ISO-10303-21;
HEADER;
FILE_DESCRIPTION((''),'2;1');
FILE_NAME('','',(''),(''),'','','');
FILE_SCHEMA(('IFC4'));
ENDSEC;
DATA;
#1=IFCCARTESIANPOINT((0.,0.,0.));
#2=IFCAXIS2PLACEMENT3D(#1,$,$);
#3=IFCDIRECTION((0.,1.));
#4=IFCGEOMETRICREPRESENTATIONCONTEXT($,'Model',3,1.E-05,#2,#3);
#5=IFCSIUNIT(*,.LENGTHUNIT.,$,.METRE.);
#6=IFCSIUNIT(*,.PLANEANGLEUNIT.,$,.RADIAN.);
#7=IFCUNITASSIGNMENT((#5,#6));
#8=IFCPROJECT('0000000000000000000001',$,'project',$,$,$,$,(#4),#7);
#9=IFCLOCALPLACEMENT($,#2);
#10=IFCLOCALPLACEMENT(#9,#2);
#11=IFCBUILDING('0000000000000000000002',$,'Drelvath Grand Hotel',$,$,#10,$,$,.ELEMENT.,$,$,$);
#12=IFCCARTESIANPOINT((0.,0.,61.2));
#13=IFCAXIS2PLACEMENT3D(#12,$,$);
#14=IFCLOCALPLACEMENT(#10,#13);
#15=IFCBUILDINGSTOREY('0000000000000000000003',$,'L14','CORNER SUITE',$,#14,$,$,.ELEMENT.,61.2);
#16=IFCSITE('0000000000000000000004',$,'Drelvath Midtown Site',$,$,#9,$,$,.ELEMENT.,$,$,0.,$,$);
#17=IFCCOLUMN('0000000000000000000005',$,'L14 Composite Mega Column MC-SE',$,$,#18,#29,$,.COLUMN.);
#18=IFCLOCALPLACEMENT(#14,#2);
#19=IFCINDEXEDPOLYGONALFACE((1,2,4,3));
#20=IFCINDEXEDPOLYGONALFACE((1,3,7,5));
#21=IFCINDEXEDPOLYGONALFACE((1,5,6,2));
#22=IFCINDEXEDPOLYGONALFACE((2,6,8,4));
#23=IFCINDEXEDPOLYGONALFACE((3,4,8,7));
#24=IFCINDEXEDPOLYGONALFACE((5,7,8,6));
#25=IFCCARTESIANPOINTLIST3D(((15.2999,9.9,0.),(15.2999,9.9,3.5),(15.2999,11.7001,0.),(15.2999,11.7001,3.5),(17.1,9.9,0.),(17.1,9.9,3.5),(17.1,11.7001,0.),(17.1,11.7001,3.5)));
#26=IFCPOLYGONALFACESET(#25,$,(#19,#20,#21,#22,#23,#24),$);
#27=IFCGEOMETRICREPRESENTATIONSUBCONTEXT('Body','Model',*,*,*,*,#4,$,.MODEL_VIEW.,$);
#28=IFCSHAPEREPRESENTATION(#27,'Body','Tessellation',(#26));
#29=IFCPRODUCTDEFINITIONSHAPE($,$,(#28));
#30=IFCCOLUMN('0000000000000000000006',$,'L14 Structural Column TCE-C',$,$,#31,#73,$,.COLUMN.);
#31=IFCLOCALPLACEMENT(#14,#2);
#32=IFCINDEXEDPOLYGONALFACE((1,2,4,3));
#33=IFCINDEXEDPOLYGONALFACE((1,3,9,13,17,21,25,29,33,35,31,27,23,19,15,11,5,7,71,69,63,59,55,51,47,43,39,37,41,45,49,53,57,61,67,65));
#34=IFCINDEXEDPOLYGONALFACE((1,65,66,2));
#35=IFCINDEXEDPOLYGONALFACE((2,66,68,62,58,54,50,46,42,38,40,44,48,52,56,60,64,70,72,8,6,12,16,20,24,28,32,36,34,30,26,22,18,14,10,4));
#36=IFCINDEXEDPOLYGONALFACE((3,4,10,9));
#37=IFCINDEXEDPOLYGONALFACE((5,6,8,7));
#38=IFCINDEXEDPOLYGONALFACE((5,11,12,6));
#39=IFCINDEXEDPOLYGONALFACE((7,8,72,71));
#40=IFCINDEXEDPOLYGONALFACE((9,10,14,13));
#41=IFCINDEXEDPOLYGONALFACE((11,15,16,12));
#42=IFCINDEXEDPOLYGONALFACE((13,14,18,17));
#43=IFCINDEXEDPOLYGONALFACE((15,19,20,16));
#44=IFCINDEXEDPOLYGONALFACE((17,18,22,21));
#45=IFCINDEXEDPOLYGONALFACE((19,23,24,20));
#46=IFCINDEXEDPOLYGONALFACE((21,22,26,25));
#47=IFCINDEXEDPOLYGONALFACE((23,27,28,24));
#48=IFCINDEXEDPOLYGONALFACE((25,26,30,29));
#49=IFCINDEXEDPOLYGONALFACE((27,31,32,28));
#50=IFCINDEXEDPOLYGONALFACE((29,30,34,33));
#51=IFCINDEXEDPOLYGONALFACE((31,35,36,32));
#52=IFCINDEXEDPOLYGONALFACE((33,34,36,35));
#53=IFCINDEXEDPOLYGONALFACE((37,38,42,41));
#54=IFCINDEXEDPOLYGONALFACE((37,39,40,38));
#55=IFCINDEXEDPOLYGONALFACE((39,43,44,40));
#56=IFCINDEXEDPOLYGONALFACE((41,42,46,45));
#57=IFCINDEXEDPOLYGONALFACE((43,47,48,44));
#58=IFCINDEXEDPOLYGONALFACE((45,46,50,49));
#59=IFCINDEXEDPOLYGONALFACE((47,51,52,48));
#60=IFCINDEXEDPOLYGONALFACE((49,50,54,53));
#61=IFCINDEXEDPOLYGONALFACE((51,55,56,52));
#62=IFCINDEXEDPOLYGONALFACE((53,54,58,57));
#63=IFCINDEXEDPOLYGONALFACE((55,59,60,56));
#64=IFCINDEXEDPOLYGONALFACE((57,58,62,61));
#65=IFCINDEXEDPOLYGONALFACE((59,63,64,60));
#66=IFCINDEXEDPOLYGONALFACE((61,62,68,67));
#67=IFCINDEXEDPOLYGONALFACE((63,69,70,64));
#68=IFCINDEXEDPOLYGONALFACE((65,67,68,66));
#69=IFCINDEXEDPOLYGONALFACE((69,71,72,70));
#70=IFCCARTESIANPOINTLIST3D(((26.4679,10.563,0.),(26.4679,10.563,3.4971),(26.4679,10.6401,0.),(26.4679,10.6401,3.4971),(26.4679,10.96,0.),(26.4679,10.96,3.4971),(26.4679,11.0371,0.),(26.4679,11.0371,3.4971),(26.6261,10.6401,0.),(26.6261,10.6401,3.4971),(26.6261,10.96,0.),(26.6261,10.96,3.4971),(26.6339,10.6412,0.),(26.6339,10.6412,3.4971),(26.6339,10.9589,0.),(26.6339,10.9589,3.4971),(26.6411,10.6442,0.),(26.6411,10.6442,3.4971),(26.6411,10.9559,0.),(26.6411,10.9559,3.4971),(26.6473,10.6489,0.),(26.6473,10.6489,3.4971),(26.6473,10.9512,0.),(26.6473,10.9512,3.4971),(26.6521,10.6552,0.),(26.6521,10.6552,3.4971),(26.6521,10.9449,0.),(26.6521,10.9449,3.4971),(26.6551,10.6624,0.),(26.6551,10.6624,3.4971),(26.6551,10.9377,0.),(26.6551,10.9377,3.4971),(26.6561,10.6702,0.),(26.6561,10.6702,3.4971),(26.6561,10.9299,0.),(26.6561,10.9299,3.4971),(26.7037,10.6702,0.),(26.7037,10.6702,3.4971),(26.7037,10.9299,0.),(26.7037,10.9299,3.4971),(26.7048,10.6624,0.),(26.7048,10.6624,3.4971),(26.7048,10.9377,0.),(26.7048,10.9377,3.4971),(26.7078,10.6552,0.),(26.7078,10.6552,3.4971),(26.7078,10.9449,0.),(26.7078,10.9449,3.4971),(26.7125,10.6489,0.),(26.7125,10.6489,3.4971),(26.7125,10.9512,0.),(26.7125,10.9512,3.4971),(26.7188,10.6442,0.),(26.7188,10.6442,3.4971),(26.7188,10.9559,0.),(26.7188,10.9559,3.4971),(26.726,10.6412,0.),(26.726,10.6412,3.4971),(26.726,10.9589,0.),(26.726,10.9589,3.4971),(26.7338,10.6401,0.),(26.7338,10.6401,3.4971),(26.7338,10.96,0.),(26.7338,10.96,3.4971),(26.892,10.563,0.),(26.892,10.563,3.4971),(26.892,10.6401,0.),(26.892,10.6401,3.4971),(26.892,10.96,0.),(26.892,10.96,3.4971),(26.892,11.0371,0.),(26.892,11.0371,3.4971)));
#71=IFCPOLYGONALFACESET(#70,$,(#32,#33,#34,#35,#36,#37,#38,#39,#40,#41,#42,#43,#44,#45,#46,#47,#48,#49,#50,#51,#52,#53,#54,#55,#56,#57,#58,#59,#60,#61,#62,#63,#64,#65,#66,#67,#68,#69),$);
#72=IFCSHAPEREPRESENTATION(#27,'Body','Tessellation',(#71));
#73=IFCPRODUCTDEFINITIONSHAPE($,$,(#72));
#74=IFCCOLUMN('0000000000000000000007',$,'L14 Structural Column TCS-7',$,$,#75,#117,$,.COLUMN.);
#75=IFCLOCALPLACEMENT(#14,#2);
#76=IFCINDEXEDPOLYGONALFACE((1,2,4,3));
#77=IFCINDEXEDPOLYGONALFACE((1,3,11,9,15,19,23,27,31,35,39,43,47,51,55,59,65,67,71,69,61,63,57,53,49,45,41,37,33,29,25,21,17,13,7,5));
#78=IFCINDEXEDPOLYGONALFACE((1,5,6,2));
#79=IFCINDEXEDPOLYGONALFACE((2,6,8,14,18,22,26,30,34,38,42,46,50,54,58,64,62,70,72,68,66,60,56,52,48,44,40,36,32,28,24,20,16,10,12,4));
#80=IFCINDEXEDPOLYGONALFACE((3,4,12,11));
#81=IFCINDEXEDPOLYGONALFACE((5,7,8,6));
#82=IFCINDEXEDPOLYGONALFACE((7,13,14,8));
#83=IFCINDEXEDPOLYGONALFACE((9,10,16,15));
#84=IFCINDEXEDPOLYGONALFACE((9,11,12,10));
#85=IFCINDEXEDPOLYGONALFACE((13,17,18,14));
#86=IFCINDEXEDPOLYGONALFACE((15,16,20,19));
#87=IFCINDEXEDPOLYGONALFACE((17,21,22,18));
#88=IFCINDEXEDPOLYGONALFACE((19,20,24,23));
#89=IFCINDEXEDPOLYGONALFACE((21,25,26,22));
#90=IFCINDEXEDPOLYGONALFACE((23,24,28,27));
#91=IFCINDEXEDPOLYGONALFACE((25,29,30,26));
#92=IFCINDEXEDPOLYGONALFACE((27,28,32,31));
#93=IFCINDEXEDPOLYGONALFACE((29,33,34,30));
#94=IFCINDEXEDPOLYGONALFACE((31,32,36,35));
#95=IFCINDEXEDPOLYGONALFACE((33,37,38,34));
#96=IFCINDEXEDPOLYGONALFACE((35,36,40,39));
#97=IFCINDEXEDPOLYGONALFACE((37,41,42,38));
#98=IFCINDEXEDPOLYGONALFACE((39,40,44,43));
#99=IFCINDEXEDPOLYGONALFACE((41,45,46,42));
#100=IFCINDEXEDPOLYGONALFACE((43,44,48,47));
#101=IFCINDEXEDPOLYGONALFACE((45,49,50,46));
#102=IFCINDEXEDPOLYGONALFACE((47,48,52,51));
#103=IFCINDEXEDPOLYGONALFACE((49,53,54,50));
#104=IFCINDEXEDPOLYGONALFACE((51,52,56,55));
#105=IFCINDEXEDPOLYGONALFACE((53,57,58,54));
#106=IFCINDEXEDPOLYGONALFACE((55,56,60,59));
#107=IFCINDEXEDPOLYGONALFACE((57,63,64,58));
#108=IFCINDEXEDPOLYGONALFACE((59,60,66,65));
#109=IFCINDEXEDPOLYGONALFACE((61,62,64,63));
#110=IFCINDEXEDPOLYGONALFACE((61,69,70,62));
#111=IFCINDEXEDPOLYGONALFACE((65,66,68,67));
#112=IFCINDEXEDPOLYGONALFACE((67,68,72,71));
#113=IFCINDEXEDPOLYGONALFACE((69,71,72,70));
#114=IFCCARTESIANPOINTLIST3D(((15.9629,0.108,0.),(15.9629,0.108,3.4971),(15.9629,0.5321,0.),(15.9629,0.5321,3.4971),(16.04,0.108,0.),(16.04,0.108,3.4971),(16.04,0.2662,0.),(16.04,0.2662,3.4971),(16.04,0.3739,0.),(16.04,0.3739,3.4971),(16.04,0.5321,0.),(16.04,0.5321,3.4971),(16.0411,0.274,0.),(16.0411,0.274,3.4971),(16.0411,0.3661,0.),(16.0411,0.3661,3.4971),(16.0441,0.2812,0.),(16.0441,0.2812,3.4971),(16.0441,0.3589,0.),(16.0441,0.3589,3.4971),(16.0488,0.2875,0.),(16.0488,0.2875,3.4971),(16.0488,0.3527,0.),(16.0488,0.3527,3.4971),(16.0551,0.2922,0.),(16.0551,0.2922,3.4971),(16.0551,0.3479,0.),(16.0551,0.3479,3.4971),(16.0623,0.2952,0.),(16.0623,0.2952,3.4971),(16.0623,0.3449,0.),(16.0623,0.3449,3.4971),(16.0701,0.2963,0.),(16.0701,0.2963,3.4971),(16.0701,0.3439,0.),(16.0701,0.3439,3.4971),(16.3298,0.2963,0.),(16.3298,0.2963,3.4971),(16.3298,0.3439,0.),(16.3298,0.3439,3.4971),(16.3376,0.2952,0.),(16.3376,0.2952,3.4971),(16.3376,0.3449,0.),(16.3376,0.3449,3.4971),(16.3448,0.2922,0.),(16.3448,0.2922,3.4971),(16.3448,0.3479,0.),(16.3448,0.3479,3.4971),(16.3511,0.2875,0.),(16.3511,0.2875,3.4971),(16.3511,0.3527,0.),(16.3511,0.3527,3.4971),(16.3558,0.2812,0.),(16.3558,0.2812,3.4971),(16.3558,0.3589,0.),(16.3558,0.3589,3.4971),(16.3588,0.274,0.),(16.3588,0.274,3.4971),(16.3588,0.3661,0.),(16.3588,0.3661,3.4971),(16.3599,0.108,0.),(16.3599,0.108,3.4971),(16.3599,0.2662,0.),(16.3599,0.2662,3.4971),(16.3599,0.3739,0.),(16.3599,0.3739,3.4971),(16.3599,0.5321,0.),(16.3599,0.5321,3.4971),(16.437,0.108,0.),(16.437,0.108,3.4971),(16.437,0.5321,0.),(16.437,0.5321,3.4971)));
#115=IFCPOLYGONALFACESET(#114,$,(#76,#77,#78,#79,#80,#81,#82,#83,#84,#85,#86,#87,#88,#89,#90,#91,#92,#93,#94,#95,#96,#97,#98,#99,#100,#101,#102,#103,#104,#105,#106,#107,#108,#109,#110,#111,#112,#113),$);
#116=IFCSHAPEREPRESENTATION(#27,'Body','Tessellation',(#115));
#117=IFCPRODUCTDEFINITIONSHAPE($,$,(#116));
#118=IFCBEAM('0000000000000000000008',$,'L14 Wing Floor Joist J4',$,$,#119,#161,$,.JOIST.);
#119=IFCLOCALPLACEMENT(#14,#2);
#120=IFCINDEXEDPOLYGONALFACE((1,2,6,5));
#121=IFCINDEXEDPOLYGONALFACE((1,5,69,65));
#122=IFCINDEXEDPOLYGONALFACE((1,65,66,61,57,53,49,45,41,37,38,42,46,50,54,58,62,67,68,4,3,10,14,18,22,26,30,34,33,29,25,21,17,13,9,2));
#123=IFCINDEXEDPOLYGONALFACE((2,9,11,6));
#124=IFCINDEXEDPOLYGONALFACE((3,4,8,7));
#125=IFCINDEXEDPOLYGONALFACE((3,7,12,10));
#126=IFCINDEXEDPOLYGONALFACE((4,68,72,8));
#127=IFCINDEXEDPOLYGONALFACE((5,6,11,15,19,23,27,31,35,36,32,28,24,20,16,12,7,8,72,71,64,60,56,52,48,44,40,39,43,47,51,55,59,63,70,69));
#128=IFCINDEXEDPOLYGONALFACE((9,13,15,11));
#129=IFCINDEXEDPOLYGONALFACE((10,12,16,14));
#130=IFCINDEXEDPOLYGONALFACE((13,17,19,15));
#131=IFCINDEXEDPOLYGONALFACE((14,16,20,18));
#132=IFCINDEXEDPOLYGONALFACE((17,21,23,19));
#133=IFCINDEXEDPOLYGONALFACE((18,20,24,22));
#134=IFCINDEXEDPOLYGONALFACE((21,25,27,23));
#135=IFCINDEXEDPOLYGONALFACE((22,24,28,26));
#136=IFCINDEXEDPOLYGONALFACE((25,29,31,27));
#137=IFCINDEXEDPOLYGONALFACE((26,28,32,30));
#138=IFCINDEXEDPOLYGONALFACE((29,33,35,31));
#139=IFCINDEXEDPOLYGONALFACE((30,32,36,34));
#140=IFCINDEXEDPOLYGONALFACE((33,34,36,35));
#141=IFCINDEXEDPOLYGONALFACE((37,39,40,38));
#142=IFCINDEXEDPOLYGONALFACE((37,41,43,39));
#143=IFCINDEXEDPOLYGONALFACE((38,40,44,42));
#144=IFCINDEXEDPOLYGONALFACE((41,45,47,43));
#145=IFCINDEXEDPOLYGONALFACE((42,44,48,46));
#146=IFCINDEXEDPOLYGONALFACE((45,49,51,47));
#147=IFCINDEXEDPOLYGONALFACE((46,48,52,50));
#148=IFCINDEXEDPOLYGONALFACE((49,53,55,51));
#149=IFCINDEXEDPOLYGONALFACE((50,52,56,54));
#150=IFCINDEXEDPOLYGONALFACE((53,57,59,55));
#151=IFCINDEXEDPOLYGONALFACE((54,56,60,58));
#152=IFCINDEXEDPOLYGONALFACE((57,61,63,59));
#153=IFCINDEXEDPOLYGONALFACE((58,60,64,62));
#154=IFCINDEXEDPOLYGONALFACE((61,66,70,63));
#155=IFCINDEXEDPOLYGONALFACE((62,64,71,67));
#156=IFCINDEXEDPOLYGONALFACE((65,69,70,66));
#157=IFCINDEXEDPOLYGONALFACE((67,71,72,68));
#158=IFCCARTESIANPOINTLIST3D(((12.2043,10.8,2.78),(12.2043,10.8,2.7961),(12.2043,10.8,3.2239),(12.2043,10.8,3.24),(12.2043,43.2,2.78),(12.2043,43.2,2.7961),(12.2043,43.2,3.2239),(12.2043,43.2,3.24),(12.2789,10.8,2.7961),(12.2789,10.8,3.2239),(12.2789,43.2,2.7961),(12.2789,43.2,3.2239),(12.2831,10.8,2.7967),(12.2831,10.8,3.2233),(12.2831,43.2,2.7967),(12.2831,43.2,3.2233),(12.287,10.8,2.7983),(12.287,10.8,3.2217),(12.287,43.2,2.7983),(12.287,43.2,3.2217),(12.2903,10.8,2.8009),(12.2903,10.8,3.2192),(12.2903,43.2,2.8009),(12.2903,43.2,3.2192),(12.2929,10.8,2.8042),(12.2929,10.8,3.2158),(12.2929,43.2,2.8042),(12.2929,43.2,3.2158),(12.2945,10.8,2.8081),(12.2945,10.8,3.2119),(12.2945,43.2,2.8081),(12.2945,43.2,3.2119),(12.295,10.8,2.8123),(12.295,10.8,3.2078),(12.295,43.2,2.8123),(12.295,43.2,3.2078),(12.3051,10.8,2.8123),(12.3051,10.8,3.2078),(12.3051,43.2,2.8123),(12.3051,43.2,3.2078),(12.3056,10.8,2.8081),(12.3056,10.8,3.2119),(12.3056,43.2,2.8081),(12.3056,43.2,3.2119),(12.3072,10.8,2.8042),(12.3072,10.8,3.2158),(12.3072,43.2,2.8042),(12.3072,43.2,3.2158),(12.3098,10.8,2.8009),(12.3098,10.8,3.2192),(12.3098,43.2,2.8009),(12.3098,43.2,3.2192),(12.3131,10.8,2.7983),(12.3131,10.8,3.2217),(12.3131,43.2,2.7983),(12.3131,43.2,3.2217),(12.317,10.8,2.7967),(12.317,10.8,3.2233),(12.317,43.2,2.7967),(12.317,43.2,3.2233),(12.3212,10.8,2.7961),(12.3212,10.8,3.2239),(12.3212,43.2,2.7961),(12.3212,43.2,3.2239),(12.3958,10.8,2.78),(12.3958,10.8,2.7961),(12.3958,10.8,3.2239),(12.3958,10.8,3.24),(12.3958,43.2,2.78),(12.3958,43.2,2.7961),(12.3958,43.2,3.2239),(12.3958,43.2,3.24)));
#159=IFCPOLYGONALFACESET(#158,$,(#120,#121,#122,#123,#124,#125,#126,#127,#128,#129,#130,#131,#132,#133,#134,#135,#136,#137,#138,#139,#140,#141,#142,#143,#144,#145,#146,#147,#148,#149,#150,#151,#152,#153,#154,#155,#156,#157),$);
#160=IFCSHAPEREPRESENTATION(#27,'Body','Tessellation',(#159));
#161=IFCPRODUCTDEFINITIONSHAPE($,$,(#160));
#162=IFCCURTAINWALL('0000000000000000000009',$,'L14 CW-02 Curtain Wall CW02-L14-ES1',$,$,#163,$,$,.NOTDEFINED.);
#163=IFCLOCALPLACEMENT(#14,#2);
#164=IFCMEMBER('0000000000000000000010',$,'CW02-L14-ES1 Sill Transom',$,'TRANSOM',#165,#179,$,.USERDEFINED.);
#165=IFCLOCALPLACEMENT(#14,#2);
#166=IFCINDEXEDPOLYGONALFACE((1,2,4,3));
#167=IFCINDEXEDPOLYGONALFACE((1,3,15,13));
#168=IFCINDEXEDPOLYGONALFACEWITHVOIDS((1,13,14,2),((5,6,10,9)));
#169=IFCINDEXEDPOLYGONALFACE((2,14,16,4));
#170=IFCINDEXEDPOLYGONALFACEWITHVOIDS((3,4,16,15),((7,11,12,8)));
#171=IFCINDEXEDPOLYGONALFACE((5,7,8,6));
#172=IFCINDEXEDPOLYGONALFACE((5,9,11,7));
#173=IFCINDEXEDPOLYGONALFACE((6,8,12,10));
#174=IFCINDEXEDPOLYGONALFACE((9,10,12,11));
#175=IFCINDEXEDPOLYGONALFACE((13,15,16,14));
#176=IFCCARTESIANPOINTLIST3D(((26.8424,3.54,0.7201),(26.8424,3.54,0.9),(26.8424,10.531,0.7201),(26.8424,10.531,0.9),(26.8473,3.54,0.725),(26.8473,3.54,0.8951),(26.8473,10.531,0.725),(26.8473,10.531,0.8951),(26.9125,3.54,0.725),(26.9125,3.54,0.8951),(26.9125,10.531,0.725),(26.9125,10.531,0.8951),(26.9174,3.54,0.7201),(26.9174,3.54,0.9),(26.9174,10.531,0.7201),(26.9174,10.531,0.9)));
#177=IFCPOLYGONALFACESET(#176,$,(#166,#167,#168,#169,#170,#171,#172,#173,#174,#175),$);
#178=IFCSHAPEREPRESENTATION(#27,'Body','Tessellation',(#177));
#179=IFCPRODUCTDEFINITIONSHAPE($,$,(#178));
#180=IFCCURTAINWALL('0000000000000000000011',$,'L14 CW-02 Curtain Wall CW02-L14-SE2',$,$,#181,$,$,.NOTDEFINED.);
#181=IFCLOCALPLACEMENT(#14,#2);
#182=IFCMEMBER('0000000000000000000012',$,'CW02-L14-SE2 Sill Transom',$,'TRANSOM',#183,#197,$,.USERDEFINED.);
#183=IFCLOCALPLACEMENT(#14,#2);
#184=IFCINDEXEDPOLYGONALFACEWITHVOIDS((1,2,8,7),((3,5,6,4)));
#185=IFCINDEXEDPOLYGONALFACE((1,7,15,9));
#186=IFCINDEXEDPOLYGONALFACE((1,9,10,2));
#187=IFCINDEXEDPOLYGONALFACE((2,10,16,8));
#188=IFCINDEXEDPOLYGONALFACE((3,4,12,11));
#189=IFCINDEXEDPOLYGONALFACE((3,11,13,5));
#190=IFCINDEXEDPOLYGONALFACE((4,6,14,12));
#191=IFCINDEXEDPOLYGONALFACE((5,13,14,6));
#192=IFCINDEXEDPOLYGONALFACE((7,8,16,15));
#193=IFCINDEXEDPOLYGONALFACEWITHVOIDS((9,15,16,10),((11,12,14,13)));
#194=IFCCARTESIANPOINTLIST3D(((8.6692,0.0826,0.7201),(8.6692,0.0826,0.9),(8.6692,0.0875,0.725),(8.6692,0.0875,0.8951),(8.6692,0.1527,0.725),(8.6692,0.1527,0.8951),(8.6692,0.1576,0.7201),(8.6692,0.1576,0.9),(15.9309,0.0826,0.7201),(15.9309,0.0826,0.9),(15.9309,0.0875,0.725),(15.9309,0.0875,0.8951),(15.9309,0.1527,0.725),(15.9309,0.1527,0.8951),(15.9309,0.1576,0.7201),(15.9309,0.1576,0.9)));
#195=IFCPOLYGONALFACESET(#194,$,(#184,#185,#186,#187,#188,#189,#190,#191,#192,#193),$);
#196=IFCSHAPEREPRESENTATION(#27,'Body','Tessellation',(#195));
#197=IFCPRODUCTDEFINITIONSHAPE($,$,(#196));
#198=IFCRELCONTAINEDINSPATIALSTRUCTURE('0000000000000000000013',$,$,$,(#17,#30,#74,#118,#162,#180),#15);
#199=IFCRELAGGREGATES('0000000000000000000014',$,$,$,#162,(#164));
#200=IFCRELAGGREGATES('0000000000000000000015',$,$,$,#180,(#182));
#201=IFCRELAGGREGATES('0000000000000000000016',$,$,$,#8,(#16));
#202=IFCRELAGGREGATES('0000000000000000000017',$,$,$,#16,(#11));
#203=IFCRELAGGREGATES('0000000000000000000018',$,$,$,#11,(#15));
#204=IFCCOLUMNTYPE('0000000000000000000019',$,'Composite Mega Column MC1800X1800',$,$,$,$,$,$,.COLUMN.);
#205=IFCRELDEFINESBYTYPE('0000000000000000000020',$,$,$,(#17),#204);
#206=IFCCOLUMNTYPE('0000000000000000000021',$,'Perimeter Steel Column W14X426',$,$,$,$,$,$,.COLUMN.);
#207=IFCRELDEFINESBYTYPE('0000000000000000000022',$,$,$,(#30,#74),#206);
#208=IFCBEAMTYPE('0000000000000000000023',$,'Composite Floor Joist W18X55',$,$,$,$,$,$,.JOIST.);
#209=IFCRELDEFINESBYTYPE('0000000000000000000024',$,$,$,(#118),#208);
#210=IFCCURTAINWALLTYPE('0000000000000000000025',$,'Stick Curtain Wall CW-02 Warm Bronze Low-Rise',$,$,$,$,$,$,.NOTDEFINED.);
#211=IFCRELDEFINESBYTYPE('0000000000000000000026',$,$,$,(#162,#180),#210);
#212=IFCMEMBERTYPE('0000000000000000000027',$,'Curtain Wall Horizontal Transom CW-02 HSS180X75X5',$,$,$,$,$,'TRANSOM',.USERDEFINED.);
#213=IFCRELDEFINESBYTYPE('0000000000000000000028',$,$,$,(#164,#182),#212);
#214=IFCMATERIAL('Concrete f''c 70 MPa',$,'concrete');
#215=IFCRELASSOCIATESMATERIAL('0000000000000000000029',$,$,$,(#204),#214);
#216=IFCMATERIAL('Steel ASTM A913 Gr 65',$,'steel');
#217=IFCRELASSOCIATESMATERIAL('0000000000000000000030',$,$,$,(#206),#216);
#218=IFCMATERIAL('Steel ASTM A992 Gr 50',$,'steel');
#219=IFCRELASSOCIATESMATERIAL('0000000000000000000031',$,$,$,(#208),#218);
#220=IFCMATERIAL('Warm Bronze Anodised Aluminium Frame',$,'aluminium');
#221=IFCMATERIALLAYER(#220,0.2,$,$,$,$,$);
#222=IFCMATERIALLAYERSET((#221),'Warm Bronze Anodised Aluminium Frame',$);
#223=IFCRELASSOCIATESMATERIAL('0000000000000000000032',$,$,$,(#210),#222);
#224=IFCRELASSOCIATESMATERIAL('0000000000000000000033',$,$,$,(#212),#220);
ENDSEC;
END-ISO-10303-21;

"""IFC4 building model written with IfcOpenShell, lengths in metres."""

from ifc_helpers import new_model, si_unit, direction, frame, origin, origin_2d, place, context, subcontext, project, spatial, rectangle, hollow_rectangle, i_section, extrude, material, layer, layer_set, material_profile, profile_set, type_object, element, aggregate, save


model = new_model("IFC4")

# Units and contexts
model_context = context("Model", 3, precision=1e-05, world=origin(), true_north=direction((0.0, 1.0)))
body_context = subcontext(model_context, "Body", "Model", "MODEL_VIEW")
ifc_project = project(units=[si_unit("LENGTHUNIT", "METRE"), si_unit("PLANEANGLEUNIT", "RADIAN")], contexts=[model_context])

# Site, building, storey
site_placement = place(None, origin())
site = spatial("IfcSite", under=ifc_project, at=site_placement, Name="Drelvath Midtown Site", CompositionType="ELEMENT", RefElevation=0.0)
building_placement = place(site_placement, origin())
building = spatial("IfcBuilding", under=site, at=building_placement, Name="Drelvath Grand Hotel", CompositionType="ELEMENT")
storey_placement = place(building_placement, frame((0.0, 0.0, 61.2)))
storey = spatial("IfcBuildingStorey", under=building, at=storey_placement, Name="L14", Description="CORNER SUITE", CompositionType="ELEMENT", Elevation=61.2)

# Columns
ifc_material_1 = material(Name="Concrete f'c 70 MPa", Category="concrete")
ifc_material_profile_1 = material_profile(ifc_material_1, rectangle(XDim=1.8, YDim=1.8, at=origin_2d()), Name="MC1800X1800")
ifc_profile_set_1 = profile_set([ifc_material_profile_1], Name="Concrete f'c 70 MPa")
column_type_1 = type_object("IfcColumnType", Name="Composite Mega Column MC1800X1800", PredefinedType="COLUMN", material=ifc_profile_set_1)
column_placement = place(storey_placement, frame((16.2, 10.8, 0.0), z_axis=(0.0, 0.0, 1.0), x_axis=(1.0, 0.0, 0.0)))
element("IfcColumn", 1, at=column_placement, inside=storey, type_object=column_type_1, Name="L14 Composite Mega Column MC-SE", PredefinedType="COLUMN", context=body_context, shape_type="SweptSolid", body=[
    extrude(rectangle(XDim=1.8, YDim=1.8, at=origin_2d()), origin(), (0.0, 0.0, 1.0), 3.5),
])
ifc_material_2 = material(Name="Steel ASTM A913 Gr 65", Category="steel")
ifc_material_profile_2 = material_profile(ifc_material_2, i_section(OverallWidth=0.4241, OverallDepth=0.4741, WebThickness=0.0476, FlangeThickness=0.0771, FilletRadius=0.03, at=origin_2d()), Name="W14X426")
ifc_profile_set_2 = profile_set([ifc_material_profile_2], Name="Steel ASTM A913 Gr 65")
column_type_2 = type_object("IfcColumnType", Name="Perimeter Steel Column W14X426", PredefinedType="COLUMN", material=ifc_profile_set_2)
for number, where, z_axis, x_axis, name in (
    (2, (26.6799, 10.8, 0.0), (0.0, 0.0, 1.0), (1.0, 0.0, 0.0), "L14 Structural Column TCE-C"),
    (3, (16.2, 0.3201, 0.0), (0.0, 0.0, 1.0), (0.0, 1.0, 0.0), "L14 Structural Column TCS-7"),
):
    element("IfcColumn", number, at=place(storey_placement, frame(where, z_axis=z_axis, x_axis=x_axis)), inside=storey, type_object=column_type_2, Name=name, PredefinedType="COLUMN", context=body_context, shape_type="SweptSolid", body=[
        extrude(i_section(OverallWidth=0.4241, OverallDepth=0.4741, WebThickness=0.0476, FlangeThickness=0.0771, FilletRadius=0.03, at=origin_2d()), origin(), (0.0, 0.0, 1.0), 3.4971),
    ])

# Beam
ifc_material_3 = material(Name="Steel ASTM A992 Gr 50", Category="steel")
ifc_material_profile_3 = material_profile(ifc_material_3, i_section(OverallWidth=0.1914, OverallDepth=0.46, WebThickness=0.01, FlangeThickness=0.0161, FilletRadius=0.0161, at=origin_2d()), Name="W18X55")
ifc_profile_set_3 = profile_set([ifc_material_profile_3], Name="Steel ASTM A992 Gr 50")
beam_type_1 = type_object("IfcBeamType", Name="Composite Floor Joist W18X55", PredefinedType="JOIST", material=ifc_profile_set_3)
beam_1_placement = place(storey_placement, frame((12.3, 10.8, 3.01), z_axis=(0.0, 1.0, 0.0), x_axis=(-1.0, 0.0, 0.0)))
element("IfcBeam", 4, at=beam_1_placement, inside=storey, type_object=beam_type_1, Name="L14 Wing Floor Joist J4", PredefinedType="JOIST", context=body_context, shape_type="SweptSolid", body=[
    extrude(i_section(OverallWidth=0.1914, OverallDepth=0.46, WebThickness=0.01, FlangeThickness=0.0161, FilletRadius=0.0161, at=origin_2d()), origin(), (0.0, 0.0, 1.0), 32.3999),
])

# Curtain walls, members
ifc_material_4 = material(Name="Warm Bronze Anodised Aluminium Frame", Category="aluminium")
ifc_layer_1 = layer(ifc_material_4, 0.2)
ifc_layer_set_1 = layer_set([ifc_layer_1], Name="Warm Bronze Anodised Aluminium Frame")
curtain_wall_type = type_object("IfcCurtainWallType", Name="Stick Curtain Wall CW-02 Warm Bronze Low-Rise", PredefinedType="NOTDEFINED", material=ifc_layer_set_1)
curtain_wall_1_placement = place(storey_placement, origin())
curtain_wall_1 = element("IfcCurtainWall", 5, at=curtain_wall_1_placement, inside=storey, type_object=curtain_wall_type, Name="L14 CW-02 Curtain Wall CW02-L14-ES1", PredefinedType="NOTDEFINED")
ifc_material_profile_4 = material_profile(ifc_material_4, hollow_rectangle(XDim=0.075, YDim=0.1799, WallThickness=0.0049, at=origin_2d()), Name="HSS180X75X5")
ifc_profile_set_4 = profile_set([ifc_material_profile_4], Name="Warm Bronze Anodised Aluminium Frame")
member_type_1 = type_object("IfcMemberType", Name="Curtain Wall Horizontal Transom CW-02 HSS180X75X5", ElementType="TRANSOM", PredefinedType="USERDEFINED", material=ifc_profile_set_4)
member_1_placement = place(storey_placement, frame((26.8799, 10.531, 0.8101), z_axis=(0.0, -1.0, 0.0), x_axis=(1.0, 0.0, 0.0)))
member_1 = element("IfcMember", 6, at=member_1_placement, type_object=member_type_1, Name="CW02-L14-ES1 Sill Transom", ObjectType="TRANSOM", PredefinedType="USERDEFINED", context=body_context, shape_type="SweptSolid", body=[
    extrude(hollow_rectangle(XDim=0.075, YDim=0.1799, WallThickness=0.0049, at=origin_2d()), origin(), (0.0, 0.0, 1.0), 6.991),
])
curtain_wall_2_placement = place(storey_placement, origin())
curtain_wall_2 = element("IfcCurtainWall", 7, at=curtain_wall_2_placement, inside=storey, type_object=curtain_wall_type, Name="L14 CW-02 Curtain Wall CW02-L14-SE2", PredefinedType="NOTDEFINED")
member_2_placement = place(storey_placement, frame((15.9309, 0.1201, 0.8101), z_axis=(-1.0, 0.0, 0.0), x_axis=(0.0, -1.0, 0.0)))
member_2 = element("IfcMember", 8, at=member_2_placement, type_object=member_type_1, Name="CW02-L14-SE2 Sill Transom", ObjectType="TRANSOM", PredefinedType="USERDEFINED", context=body_context, shape_type="SweptSolid", body=[
    extrude(hollow_rectangle(XDim=0.075, YDim=0.1799, WallThickness=0.0049, at=origin_2d()), origin(), (0.0, 0.0, 1.0), 7.2617),
])

aggregate(curtain_wall_1, [member_1])
aggregate(curtain_wall_2, [member_2])

save(model, "model.ifc")
